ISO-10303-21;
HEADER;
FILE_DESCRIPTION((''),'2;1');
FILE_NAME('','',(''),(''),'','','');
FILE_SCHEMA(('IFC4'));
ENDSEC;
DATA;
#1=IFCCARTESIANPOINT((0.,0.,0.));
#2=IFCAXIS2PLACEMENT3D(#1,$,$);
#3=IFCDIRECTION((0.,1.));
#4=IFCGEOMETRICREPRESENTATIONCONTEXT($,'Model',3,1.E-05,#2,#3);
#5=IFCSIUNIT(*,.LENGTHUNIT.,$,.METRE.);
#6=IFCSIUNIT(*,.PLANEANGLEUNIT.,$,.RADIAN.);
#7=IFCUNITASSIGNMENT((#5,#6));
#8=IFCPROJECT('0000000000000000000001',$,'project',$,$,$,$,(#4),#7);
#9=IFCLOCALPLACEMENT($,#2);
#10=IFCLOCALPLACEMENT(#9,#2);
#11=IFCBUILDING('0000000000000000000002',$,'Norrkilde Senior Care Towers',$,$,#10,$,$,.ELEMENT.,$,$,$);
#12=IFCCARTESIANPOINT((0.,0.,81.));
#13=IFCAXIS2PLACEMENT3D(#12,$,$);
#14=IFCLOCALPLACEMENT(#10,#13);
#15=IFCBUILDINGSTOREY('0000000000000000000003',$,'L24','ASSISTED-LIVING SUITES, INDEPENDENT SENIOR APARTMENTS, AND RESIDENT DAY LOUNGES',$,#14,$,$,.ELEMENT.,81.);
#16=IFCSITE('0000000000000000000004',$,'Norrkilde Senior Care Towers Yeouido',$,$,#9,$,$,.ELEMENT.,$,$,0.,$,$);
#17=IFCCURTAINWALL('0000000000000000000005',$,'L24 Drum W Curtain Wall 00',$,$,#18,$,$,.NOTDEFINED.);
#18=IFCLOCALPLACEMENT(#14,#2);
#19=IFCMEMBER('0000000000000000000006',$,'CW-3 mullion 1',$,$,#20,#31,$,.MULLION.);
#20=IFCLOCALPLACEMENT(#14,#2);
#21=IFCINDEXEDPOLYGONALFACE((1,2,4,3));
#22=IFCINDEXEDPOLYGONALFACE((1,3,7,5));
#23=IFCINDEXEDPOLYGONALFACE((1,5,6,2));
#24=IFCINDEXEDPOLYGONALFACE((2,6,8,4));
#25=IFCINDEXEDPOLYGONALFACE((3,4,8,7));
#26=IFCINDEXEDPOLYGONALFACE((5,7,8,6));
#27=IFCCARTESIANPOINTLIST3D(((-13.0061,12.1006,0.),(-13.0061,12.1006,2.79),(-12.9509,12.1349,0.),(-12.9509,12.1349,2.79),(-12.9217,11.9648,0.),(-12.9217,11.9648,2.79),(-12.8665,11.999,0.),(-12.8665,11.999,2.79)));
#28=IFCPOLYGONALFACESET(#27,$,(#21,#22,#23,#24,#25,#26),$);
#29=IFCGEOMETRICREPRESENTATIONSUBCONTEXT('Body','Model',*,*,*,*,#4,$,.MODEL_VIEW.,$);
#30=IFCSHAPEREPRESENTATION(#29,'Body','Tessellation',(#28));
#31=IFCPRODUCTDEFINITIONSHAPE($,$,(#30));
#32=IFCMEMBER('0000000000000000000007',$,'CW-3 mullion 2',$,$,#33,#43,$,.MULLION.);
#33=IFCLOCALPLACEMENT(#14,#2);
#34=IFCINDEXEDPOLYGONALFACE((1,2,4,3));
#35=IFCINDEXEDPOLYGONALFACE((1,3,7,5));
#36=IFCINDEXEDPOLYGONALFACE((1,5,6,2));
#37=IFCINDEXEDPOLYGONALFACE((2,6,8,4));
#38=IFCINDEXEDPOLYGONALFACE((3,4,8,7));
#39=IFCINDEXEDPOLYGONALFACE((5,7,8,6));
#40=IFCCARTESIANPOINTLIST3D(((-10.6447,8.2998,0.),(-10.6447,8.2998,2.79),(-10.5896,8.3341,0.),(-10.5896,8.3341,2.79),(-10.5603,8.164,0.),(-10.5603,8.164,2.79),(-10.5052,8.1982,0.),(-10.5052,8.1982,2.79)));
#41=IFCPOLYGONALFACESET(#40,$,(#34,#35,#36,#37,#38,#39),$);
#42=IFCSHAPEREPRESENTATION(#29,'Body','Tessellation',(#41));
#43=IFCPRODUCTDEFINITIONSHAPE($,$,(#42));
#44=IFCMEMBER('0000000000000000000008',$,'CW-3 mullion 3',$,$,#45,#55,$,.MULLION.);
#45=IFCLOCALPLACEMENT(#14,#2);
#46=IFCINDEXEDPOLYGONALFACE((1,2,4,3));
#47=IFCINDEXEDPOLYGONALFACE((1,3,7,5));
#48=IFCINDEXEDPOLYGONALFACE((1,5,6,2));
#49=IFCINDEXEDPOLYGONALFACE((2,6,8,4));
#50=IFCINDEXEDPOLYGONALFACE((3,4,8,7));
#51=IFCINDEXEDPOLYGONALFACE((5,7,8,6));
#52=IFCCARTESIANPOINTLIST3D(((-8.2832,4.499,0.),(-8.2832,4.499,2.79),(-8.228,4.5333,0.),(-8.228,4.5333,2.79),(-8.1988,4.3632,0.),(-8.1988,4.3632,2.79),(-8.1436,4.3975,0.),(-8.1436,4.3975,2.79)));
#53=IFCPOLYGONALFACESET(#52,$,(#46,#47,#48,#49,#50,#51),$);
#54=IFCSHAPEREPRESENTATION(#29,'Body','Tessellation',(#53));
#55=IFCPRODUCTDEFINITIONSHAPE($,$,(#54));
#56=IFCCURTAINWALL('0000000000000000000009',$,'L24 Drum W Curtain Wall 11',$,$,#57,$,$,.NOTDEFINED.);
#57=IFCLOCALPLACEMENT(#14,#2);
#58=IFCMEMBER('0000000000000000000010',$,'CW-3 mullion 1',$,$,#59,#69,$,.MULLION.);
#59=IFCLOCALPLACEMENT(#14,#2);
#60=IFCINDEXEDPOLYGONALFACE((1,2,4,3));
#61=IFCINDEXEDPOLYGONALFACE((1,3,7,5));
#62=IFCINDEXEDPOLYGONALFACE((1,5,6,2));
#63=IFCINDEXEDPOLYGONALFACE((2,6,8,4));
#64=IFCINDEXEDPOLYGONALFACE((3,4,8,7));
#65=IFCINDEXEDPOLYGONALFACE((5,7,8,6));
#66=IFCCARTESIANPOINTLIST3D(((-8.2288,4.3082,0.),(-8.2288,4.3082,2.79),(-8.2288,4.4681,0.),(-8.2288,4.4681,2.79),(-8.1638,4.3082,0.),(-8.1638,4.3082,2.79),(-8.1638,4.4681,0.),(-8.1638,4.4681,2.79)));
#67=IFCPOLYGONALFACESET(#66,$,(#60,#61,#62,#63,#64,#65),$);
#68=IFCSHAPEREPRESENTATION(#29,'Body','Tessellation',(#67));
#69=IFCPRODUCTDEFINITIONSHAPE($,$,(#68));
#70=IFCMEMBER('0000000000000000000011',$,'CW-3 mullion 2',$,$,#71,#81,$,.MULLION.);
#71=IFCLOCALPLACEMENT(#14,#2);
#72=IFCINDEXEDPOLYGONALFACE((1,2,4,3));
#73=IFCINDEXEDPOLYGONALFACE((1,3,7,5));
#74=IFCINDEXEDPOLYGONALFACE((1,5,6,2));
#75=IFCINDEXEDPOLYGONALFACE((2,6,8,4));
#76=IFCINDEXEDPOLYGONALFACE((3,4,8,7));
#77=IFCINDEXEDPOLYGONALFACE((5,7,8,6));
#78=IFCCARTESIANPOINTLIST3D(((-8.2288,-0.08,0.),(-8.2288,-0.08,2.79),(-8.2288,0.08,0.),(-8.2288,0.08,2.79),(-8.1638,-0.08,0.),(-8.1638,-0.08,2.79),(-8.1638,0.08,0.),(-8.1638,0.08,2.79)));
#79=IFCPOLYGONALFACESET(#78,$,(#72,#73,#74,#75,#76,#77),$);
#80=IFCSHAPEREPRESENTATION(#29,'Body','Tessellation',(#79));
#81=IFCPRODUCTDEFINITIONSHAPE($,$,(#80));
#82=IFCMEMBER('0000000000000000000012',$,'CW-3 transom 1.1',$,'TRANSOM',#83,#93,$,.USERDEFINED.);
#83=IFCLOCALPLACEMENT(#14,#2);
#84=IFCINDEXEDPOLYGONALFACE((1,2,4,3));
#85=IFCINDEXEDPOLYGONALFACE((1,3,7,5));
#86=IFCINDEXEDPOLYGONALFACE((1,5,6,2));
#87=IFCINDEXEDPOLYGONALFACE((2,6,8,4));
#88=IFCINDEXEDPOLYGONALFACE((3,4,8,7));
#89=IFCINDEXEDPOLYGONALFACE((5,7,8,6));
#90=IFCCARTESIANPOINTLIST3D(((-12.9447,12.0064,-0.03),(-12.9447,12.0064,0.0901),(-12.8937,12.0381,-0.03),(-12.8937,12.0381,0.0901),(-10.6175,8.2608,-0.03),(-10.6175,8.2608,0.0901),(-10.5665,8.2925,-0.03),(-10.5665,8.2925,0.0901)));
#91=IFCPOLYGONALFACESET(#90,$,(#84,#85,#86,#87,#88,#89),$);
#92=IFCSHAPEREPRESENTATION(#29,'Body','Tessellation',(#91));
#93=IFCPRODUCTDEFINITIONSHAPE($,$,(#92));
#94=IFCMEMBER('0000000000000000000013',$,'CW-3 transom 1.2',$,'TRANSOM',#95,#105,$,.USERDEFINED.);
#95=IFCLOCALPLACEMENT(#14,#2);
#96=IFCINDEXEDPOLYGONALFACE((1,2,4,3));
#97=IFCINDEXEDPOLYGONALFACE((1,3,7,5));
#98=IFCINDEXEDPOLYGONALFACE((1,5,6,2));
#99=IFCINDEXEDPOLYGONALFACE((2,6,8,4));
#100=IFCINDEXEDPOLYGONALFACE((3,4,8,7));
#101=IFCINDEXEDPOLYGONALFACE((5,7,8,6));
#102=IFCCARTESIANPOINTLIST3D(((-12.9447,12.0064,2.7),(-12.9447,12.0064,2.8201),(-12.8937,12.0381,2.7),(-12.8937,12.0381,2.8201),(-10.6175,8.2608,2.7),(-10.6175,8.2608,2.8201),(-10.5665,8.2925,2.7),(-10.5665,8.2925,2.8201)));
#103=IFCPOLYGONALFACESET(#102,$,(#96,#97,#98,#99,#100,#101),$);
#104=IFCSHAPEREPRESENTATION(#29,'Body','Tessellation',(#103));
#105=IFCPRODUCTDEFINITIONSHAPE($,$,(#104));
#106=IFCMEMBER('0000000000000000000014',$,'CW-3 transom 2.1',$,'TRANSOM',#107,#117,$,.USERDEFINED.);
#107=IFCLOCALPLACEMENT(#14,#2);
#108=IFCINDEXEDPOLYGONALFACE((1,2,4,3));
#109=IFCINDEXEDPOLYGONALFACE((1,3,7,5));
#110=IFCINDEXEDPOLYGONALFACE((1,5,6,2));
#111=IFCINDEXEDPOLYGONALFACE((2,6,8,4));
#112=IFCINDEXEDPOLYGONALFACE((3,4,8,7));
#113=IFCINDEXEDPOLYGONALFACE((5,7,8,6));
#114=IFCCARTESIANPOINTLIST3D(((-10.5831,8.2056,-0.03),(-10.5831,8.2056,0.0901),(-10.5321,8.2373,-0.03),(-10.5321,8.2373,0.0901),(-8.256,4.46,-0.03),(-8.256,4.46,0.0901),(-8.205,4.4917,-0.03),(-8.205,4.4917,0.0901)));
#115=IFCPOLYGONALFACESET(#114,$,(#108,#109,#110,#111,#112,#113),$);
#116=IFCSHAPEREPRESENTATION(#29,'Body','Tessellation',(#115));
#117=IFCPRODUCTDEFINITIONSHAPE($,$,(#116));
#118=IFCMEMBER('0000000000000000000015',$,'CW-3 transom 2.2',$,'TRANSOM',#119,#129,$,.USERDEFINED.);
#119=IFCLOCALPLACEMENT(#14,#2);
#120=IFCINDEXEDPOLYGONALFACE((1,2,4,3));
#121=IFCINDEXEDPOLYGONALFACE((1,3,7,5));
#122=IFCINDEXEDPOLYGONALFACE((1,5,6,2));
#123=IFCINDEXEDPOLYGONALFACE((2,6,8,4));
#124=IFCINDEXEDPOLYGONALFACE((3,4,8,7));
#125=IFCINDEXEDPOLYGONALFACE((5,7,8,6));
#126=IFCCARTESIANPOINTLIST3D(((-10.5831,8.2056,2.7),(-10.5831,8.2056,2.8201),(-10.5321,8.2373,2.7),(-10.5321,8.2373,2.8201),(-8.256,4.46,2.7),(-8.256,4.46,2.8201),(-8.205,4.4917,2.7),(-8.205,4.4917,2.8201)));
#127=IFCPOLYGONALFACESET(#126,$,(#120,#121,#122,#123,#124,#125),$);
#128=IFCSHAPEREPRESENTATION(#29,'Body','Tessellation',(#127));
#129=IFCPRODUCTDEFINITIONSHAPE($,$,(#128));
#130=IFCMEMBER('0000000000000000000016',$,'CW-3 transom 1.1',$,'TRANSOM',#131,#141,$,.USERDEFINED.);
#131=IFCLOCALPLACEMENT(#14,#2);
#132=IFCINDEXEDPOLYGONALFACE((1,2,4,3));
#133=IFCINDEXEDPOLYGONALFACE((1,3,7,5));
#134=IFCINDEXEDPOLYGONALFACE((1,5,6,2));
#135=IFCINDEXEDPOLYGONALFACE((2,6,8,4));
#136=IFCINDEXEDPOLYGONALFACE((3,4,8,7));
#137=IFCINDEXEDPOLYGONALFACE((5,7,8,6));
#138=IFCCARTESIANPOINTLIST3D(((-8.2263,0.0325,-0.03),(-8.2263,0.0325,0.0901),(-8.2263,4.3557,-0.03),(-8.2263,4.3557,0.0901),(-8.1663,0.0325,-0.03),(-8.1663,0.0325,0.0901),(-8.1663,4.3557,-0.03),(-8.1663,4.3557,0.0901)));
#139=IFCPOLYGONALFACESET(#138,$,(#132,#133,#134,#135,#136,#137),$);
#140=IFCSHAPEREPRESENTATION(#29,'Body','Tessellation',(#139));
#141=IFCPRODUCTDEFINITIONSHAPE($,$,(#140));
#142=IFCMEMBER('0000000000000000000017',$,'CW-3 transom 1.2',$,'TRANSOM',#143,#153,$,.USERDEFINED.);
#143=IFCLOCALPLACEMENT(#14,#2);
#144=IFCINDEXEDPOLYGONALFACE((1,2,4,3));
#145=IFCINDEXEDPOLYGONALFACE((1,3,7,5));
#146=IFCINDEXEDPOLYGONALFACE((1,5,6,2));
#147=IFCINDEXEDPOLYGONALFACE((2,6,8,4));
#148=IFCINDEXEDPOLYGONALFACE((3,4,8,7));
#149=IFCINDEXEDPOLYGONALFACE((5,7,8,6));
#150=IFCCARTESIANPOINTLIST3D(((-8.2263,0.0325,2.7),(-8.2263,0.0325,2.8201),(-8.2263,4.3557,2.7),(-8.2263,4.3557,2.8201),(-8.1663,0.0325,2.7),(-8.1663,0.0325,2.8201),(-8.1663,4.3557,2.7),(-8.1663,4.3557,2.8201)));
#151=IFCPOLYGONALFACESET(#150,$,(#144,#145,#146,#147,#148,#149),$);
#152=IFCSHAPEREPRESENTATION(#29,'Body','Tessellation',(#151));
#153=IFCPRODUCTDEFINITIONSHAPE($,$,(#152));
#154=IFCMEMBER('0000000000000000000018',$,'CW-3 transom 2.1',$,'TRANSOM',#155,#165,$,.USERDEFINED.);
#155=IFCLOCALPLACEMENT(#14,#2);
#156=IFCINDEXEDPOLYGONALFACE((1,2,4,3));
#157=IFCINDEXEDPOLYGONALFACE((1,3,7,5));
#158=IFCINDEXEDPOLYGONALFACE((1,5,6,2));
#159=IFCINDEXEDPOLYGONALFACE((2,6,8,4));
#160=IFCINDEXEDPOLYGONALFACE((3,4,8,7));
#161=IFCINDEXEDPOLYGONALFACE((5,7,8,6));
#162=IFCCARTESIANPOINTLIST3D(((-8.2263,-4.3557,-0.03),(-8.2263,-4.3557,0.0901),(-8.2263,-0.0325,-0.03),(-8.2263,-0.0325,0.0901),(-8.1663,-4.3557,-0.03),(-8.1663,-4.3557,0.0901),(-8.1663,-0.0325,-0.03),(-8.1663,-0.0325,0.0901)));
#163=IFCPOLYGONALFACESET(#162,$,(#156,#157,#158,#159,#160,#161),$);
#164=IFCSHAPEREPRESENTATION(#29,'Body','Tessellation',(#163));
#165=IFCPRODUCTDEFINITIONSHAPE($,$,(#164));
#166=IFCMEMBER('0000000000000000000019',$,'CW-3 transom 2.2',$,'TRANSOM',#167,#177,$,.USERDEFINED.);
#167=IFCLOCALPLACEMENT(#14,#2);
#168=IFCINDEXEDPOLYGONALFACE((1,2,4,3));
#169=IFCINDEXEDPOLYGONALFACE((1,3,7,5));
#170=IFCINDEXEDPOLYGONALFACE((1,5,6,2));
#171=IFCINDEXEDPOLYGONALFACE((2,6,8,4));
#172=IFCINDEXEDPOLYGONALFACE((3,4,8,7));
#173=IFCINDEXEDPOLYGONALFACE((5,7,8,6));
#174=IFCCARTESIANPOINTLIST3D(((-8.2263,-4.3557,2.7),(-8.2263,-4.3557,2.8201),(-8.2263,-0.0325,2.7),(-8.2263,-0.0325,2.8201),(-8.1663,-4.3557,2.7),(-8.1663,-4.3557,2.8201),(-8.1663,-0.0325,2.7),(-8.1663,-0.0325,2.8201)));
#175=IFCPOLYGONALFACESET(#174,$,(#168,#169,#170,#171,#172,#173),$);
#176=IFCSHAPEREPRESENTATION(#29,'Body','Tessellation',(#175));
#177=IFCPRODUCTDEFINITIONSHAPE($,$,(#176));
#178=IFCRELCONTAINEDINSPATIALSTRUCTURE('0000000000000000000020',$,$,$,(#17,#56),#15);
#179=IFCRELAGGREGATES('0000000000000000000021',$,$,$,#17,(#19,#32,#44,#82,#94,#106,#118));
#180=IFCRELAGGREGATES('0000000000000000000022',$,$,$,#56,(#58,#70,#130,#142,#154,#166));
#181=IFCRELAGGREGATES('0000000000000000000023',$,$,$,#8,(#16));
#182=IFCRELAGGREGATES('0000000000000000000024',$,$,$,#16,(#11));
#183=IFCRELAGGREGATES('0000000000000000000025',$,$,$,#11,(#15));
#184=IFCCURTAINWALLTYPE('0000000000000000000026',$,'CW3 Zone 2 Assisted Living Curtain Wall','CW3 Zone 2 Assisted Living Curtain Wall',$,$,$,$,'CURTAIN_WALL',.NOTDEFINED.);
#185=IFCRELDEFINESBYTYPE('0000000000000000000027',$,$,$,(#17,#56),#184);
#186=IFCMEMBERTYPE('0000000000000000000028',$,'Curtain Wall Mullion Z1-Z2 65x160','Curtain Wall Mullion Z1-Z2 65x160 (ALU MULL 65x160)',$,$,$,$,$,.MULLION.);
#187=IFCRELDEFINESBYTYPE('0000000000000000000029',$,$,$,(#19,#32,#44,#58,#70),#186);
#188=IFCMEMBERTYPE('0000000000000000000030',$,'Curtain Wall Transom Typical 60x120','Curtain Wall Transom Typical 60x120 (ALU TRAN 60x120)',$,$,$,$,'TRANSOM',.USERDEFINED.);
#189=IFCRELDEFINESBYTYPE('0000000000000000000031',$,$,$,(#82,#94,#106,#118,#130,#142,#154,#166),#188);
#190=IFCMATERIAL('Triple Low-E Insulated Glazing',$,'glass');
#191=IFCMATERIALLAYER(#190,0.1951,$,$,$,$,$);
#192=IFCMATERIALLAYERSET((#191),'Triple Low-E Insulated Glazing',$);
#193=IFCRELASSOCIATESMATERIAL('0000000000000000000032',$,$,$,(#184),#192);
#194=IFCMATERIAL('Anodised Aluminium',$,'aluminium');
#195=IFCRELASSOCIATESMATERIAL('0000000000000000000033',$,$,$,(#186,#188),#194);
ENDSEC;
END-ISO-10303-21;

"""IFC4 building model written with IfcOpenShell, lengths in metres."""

from ifc_helpers import new_model, si_unit, direction, frame, origin, origin_2d, place, context, subcontext, project, spatial, rectangle, extrude, source, transform, mapped, material, layer, layer_set, material_profile, profile_set, type_object, type_shapes, element, aggregate, save


model = new_model("IFC4")

# Units and contexts
model_context = context("Model", 3, precision=1e-05, world=origin(), true_north=direction((0.0, 1.0)))
body_context = subcontext(model_context, "Body", "Model", "MODEL_VIEW")
ifc_project = project(units=[si_unit("LENGTHUNIT", "METRE"), si_unit("PLANEANGLEUNIT", "RADIAN")], contexts=[model_context])

# Site, building, storey
site_placement = place(None, origin())
site = spatial("IfcSite", under=ifc_project, at=site_placement, Name="Norrkilde Senior Care Towers Yeouido", CompositionType="ELEMENT", RefElevation=0.0)
building_placement = place(site_placement, origin())
building = spatial("IfcBuilding", under=site, at=building_placement, Name="Norrkilde Senior Care Towers", CompositionType="ELEMENT")
storey_placement = place(building_placement, frame((0.0, 0.0, 81.0)))
storey = spatial("IfcBuildingStorey", under=building, at=storey_placement, Name="L24", Description="ASSISTED-LIVING SUITES, INDEPENDENT SENIOR APARTMENTS, AND RESIDENT DAY LOUNGES", CompositionType="ELEMENT", Elevation=81.0)

# Curtain walls, members
ifc_material_1 = material(Name="Triple Low-E Insulated Glazing", Category="glass")
ifc_layer_1 = layer(ifc_material_1, 0.1951)
ifc_layer_set_1 = layer_set([ifc_layer_1], Name="Triple Low-E Insulated Glazing")
curtain_wall_type = type_object("IfcCurtainWallType", Name="CW3 Zone 2 Assisted Living Curtain Wall", Description="CW3 Zone 2 Assisted Living Curtain Wall", ElementType="CURTAIN_WALL", PredefinedType="NOTDEFINED", material=ifc_layer_set_1)
curtain_wall_1_placement = place(storey_placement, origin())
curtain_wall_1 = element("IfcCurtainWall", 1, at=curtain_wall_1_placement, inside=storey, type_object=curtain_wall_type, Name="L24 Drum W Curtain Wall 00", PredefinedType="NOTDEFINED")
ifc_material_2 = material(Name="Anodised Aluminium", Category="aluminium")
ifc_material_profile_1 = material_profile(ifc_material_2, rectangle(XDim=0.0649, YDim=0.1599, at=origin_2d()), Name="ALU MULL 65x160")
ifc_profile_set_1 = profile_set([ifc_material_profile_1], Name="Anodised Aluminium")
member_type_1 = type_object("IfcMemberType", Name="Curtain Wall Mullion Z1-Z2 65x160", Description="Curtain Wall Mullion Z1-Z2 65x160 (ALU MULL 65x160)", PredefinedType="MULLION", material=ifc_profile_set_1)
shared_shape_1 = source(origin(), body_context, "Body", "SweptSolid", [
    extrude(rectangle(XDim=0.0649, YDim=0.1599, at=origin_2d()), origin(), (0.0, 0.0, 1.0), 2.79),
])
type_shapes(member_type_1, [shared_shape_1])
member_1_placement = place(storey_placement, frame((-12.9363, 12.0498, 0.0), z_axis=(0.0, 0.0, 1.0), x_axis=(0.84941, 0.527733, 0.0)))
member_1 = element("IfcMember", 2, at=member_1_placement, type_object=member_type_1, Name="CW-3 mullion 1", PredefinedType="MULLION", context=body_context, shape_type="MappedRepresentation", body=[
    mapped(shared_shape_1, transform((0.0, 0.0, 0.0), x_axis=(1.0, 0.0, 0.0), y_axis=(0.0, 1.0, 0.0), z_axis=(0.0, 0.0, 1.0), scale=1.0)),
])
member_2_placement = place(storey_placement, frame((-10.575, 8.249, 0.0), z_axis=(0.0, 0.0, 1.0), x_axis=(0.84941, 0.527733, 0.0)))
member_2 = element("IfcMember", 3, at=member_2_placement, type_object=member_type_1, Name="CW-3 mullion 2", PredefinedType="MULLION", context=body_context, shape_type="MappedRepresentation", body=[
    mapped(shared_shape_1, transform((0.0, 0.0, 0.0), x_axis=(1.0, 0.0, 0.0), y_axis=(0.0, 1.0, 0.0), z_axis=(0.0, 0.0, 1.0), scale=1.0)),
])
member_3_placement = place(storey_placement, frame((-8.2134, 4.4482, 0.0), z_axis=(0.0, 0.0, 1.0), x_axis=(0.84941, 0.527733, 0.0)))
member_3 = element("IfcMember", 4, at=member_3_placement, type_object=member_type_1, Name="CW-3 mullion 3", PredefinedType="MULLION", context=body_context, shape_type="MappedRepresentation", body=[
    mapped(shared_shape_1, transform((0.0, 0.0, 0.0), x_axis=(1.0, 0.0, 0.0), y_axis=(0.0, 1.0, 0.0), z_axis=(0.0, 0.0, 1.0), scale=1.0)),
])
curtain_wall_2_placement = place(storey_placement, origin())
curtain_wall_2 = element("IfcCurtainWall", 5, at=curtain_wall_2_placement, inside=storey, type_object=curtain_wall_type, Name="L24 Drum W Curtain Wall 11", PredefinedType="NOTDEFINED")
member_4_placement = place(storey_placement, frame((-8.1963, 4.3882, 0.0), z_axis=(0.0, 0.0, 1.0), x_axis=(1.0, 0.0, 0.0)))
member_4 = element("IfcMember", 6, at=member_4_placement, type_object=member_type_1, Name="CW-3 mullion 1", PredefinedType="MULLION", context=body_context, shape_type="MappedRepresentation", body=[
    mapped(shared_shape_1, transform((0.0, 0.0, 0.0), x_axis=(1.0, 0.0, 0.0), y_axis=(0.0, 1.0, 0.0), z_axis=(0.0, 0.0, 1.0), scale=1.0)),
])
member_5_placement = place(storey_placement, frame((-8.1963, 0.0, 0.0), z_axis=(0.0, 0.0, 1.0), x_axis=(1.0, 0.0, 0.0)))
member_5 = element("IfcMember", 7, at=member_5_placement, type_object=member_type_1, Name="CW-3 mullion 2", PredefinedType="MULLION", context=body_context, shape_type="MappedRepresentation", body=[
    mapped(shared_shape_1, transform((0.0, 0.0, 0.0), x_axis=(1.0, 0.0, 0.0), y_axis=(0.0, 1.0, 0.0), z_axis=(0.0, 0.0, 1.0), scale=1.0)),
])

# Members
ifc_material_profile_2 = material_profile(ifc_material_2, rectangle(XDim=0.0601, YDim=0.1201, at=origin_2d()), Name="ALU TRAN 60x120")
ifc_profile_set_2 = profile_set([ifc_material_profile_2], Name="Anodised Aluminium")
member_type_2 = type_object("IfcMemberType", Name="Curtain Wall Transom Typical 60x120", Description="Curtain Wall Transom Typical 60x120 (ALU TRAN 60x120)", ElementType="TRANSOM", PredefinedType="USERDEFINED", material=ifc_profile_set_2)
shared_shape_2 = source(origin(), body_context, "Body", "SweptSolid", [
    extrude(rectangle(XDim=0.0601, YDim=0.1201, at=origin_2d()), origin(), (0.0, 0.0, 1.0), 4.4097),
])
member_6_placement = place(storey_placement, frame((-12.9192, 12.0222, 0.03), z_axis=(0.527738, -0.849407, 0.0), x_axis=(0.849407, 0.527738, 0.0)))
member_6 = element("IfcMember", 8, at=member_6_placement, type_object=member_type_2, Name="CW-3 transom 1.1", ObjectType="TRANSOM", PredefinedType="USERDEFINED", context=body_context, shape_type="MappedRepresentation", body=[
    mapped(shared_shape_2, transform((0.0, 0.0, 0.0), x_axis=(1.0, 0.0, 0.0), y_axis=(0.0, 1.0, 0.0), z_axis=(0.0, 0.0, 1.0), scale=1.0)),
])
member_7_placement = place(storey_placement, frame((-12.9192, 12.0222, 2.76), z_axis=(0.527738, -0.849407, 0.0), x_axis=(0.849407, 0.527738, 0.0)))
member_7 = element("IfcMember", 9, at=member_7_placement, type_object=member_type_2, Name="CW-3 transom 1.2", ObjectType="TRANSOM", PredefinedType="USERDEFINED", context=body_context, shape_type="MappedRepresentation", body=[
    mapped(shared_shape_2, transform((0.0, 0.0, 0.0), x_axis=(1.0, 0.0, 0.0), y_axis=(0.0, 1.0, 0.0), z_axis=(0.0, 0.0, 1.0), scale=1.0)),
])
member_8_placement = place(storey_placement, frame((-10.5576, 8.2214, 0.03), z_axis=(0.527738, -0.849407, 0.0), x_axis=(0.849407, 0.527738, 0.0)))
member_8 = element("IfcMember", 10, at=member_8_placement, type_object=member_type_2, Name="CW-3 transom 2.1", ObjectType="TRANSOM", PredefinedType="USERDEFINED", context=body_context, shape_type="MappedRepresentation", body=[
    mapped(shared_shape_2, transform((0.0, 0.0, 0.0), x_axis=(1.0, 0.0, 0.0), y_axis=(0.0, 1.0, 0.0), z_axis=(0.0, 0.0, 1.0), scale=1.0)),
])
member_9_placement = place(storey_placement, frame((-10.5576, 8.2214, 2.76), z_axis=(0.527738, -0.849407, 0.0), x_axis=(0.849407, 0.527738, 0.0)))
member_9 = element("IfcMember", 11, at=member_9_placement, type_object=member_type_2, Name="CW-3 transom 2.2", ObjectType="TRANSOM", PredefinedType="USERDEFINED", context=body_context, shape_type="MappedRepresentation", body=[
    mapped(shared_shape_2, transform((0.0, 0.0, 0.0), x_axis=(1.0, 0.0, 0.0), y_axis=(0.0, 1.0, 0.0), z_axis=(0.0, 0.0, 1.0), scale=1.0)),
])
shared_shape_3 = source(origin(), body_context, "Body", "SweptSolid", [
    extrude(rectangle(XDim=0.0601, YDim=0.1201, at=origin_2d()), origin(), (0.0, 0.0, 1.0), 4.3232),
])
type_shapes(member_type_2, [shared_shape_2, shared_shape_3])
member_10_placement = place(storey_placement, frame((-8.1963, 4.3557, 0.03), z_axis=(0.0, -1.0, 0.0), x_axis=(1.0, 0.0, 0.0)))
member_10 = element("IfcMember", 12, at=member_10_placement, type_object=member_type_2, Name="CW-3 transom 1.1", ObjectType="TRANSOM", PredefinedType="USERDEFINED", context=body_context, shape_type="MappedRepresentation", body=[
    mapped(shared_shape_3, transform((0.0, 0.0, 0.0), x_axis=(1.0, 0.0, 0.0), y_axis=(0.0, 1.0, 0.0), z_axis=(0.0, 0.0, 1.0), scale=1.0)),
])
member_11_placement = place(storey_placement, frame((-8.1963, 4.3557, 2.76), z_axis=(0.0, -1.0, 0.0), x_axis=(1.0, 0.0, 0.0)))
member_11 = element("IfcMember", 13, at=member_11_placement, type_object=member_type_2, Name="CW-3 transom 1.2", ObjectType="TRANSOM", PredefinedType="USERDEFINED", context=body_context, shape_type="MappedRepresentation", body=[
    mapped(shared_shape_3, transform((0.0, 0.0, 0.0), x_axis=(1.0, 0.0, 0.0), y_axis=(0.0, 1.0, 0.0), z_axis=(0.0, 0.0, 1.0), scale=1.0)),
])
member_12_placement = place(storey_placement, frame((-8.1963, -0.0325, 0.03), z_axis=(0.0, -1.0, 0.0), x_axis=(1.0, 0.0, 0.0)))
member_12 = element("IfcMember", 14, at=member_12_placement, type_object=member_type_2, Name="CW-3 transom 2.1", ObjectType="TRANSOM", PredefinedType="USERDEFINED", context=body_context, shape_type="MappedRepresentation", body=[
    mapped(shared_shape_3, transform((0.0, 0.0, 0.0), x_axis=(1.0, 0.0, 0.0), y_axis=(0.0, 1.0, 0.0), z_axis=(0.0, 0.0, 1.0), scale=1.0)),
])
member_13_placement = place(storey_placement, frame((-8.1963, -0.0325, 2.76), z_axis=(0.0, -1.0, 0.0), x_axis=(1.0, 0.0, 0.0)))
member_13 = element("IfcMember", 15, at=member_13_placement, type_object=member_type_2, Name="CW-3 transom 2.2", ObjectType="TRANSOM", PredefinedType="USERDEFINED", context=body_context, shape_type="MappedRepresentation", body=[
    mapped(shared_shape_3, transform((0.0, 0.0, 0.0), x_axis=(1.0, 0.0, 0.0), y_axis=(0.0, 1.0, 0.0), z_axis=(0.0, 0.0, 1.0), scale=1.0)),
])

aggregate(curtain_wall_1, [member_1, member_2, member_3, member_6, member_7, member_8, member_9])
aggregate(curtain_wall_2, [member_4, member_5, member_10, member_11, member_12, member_13])

save(model, "model.ifc")
